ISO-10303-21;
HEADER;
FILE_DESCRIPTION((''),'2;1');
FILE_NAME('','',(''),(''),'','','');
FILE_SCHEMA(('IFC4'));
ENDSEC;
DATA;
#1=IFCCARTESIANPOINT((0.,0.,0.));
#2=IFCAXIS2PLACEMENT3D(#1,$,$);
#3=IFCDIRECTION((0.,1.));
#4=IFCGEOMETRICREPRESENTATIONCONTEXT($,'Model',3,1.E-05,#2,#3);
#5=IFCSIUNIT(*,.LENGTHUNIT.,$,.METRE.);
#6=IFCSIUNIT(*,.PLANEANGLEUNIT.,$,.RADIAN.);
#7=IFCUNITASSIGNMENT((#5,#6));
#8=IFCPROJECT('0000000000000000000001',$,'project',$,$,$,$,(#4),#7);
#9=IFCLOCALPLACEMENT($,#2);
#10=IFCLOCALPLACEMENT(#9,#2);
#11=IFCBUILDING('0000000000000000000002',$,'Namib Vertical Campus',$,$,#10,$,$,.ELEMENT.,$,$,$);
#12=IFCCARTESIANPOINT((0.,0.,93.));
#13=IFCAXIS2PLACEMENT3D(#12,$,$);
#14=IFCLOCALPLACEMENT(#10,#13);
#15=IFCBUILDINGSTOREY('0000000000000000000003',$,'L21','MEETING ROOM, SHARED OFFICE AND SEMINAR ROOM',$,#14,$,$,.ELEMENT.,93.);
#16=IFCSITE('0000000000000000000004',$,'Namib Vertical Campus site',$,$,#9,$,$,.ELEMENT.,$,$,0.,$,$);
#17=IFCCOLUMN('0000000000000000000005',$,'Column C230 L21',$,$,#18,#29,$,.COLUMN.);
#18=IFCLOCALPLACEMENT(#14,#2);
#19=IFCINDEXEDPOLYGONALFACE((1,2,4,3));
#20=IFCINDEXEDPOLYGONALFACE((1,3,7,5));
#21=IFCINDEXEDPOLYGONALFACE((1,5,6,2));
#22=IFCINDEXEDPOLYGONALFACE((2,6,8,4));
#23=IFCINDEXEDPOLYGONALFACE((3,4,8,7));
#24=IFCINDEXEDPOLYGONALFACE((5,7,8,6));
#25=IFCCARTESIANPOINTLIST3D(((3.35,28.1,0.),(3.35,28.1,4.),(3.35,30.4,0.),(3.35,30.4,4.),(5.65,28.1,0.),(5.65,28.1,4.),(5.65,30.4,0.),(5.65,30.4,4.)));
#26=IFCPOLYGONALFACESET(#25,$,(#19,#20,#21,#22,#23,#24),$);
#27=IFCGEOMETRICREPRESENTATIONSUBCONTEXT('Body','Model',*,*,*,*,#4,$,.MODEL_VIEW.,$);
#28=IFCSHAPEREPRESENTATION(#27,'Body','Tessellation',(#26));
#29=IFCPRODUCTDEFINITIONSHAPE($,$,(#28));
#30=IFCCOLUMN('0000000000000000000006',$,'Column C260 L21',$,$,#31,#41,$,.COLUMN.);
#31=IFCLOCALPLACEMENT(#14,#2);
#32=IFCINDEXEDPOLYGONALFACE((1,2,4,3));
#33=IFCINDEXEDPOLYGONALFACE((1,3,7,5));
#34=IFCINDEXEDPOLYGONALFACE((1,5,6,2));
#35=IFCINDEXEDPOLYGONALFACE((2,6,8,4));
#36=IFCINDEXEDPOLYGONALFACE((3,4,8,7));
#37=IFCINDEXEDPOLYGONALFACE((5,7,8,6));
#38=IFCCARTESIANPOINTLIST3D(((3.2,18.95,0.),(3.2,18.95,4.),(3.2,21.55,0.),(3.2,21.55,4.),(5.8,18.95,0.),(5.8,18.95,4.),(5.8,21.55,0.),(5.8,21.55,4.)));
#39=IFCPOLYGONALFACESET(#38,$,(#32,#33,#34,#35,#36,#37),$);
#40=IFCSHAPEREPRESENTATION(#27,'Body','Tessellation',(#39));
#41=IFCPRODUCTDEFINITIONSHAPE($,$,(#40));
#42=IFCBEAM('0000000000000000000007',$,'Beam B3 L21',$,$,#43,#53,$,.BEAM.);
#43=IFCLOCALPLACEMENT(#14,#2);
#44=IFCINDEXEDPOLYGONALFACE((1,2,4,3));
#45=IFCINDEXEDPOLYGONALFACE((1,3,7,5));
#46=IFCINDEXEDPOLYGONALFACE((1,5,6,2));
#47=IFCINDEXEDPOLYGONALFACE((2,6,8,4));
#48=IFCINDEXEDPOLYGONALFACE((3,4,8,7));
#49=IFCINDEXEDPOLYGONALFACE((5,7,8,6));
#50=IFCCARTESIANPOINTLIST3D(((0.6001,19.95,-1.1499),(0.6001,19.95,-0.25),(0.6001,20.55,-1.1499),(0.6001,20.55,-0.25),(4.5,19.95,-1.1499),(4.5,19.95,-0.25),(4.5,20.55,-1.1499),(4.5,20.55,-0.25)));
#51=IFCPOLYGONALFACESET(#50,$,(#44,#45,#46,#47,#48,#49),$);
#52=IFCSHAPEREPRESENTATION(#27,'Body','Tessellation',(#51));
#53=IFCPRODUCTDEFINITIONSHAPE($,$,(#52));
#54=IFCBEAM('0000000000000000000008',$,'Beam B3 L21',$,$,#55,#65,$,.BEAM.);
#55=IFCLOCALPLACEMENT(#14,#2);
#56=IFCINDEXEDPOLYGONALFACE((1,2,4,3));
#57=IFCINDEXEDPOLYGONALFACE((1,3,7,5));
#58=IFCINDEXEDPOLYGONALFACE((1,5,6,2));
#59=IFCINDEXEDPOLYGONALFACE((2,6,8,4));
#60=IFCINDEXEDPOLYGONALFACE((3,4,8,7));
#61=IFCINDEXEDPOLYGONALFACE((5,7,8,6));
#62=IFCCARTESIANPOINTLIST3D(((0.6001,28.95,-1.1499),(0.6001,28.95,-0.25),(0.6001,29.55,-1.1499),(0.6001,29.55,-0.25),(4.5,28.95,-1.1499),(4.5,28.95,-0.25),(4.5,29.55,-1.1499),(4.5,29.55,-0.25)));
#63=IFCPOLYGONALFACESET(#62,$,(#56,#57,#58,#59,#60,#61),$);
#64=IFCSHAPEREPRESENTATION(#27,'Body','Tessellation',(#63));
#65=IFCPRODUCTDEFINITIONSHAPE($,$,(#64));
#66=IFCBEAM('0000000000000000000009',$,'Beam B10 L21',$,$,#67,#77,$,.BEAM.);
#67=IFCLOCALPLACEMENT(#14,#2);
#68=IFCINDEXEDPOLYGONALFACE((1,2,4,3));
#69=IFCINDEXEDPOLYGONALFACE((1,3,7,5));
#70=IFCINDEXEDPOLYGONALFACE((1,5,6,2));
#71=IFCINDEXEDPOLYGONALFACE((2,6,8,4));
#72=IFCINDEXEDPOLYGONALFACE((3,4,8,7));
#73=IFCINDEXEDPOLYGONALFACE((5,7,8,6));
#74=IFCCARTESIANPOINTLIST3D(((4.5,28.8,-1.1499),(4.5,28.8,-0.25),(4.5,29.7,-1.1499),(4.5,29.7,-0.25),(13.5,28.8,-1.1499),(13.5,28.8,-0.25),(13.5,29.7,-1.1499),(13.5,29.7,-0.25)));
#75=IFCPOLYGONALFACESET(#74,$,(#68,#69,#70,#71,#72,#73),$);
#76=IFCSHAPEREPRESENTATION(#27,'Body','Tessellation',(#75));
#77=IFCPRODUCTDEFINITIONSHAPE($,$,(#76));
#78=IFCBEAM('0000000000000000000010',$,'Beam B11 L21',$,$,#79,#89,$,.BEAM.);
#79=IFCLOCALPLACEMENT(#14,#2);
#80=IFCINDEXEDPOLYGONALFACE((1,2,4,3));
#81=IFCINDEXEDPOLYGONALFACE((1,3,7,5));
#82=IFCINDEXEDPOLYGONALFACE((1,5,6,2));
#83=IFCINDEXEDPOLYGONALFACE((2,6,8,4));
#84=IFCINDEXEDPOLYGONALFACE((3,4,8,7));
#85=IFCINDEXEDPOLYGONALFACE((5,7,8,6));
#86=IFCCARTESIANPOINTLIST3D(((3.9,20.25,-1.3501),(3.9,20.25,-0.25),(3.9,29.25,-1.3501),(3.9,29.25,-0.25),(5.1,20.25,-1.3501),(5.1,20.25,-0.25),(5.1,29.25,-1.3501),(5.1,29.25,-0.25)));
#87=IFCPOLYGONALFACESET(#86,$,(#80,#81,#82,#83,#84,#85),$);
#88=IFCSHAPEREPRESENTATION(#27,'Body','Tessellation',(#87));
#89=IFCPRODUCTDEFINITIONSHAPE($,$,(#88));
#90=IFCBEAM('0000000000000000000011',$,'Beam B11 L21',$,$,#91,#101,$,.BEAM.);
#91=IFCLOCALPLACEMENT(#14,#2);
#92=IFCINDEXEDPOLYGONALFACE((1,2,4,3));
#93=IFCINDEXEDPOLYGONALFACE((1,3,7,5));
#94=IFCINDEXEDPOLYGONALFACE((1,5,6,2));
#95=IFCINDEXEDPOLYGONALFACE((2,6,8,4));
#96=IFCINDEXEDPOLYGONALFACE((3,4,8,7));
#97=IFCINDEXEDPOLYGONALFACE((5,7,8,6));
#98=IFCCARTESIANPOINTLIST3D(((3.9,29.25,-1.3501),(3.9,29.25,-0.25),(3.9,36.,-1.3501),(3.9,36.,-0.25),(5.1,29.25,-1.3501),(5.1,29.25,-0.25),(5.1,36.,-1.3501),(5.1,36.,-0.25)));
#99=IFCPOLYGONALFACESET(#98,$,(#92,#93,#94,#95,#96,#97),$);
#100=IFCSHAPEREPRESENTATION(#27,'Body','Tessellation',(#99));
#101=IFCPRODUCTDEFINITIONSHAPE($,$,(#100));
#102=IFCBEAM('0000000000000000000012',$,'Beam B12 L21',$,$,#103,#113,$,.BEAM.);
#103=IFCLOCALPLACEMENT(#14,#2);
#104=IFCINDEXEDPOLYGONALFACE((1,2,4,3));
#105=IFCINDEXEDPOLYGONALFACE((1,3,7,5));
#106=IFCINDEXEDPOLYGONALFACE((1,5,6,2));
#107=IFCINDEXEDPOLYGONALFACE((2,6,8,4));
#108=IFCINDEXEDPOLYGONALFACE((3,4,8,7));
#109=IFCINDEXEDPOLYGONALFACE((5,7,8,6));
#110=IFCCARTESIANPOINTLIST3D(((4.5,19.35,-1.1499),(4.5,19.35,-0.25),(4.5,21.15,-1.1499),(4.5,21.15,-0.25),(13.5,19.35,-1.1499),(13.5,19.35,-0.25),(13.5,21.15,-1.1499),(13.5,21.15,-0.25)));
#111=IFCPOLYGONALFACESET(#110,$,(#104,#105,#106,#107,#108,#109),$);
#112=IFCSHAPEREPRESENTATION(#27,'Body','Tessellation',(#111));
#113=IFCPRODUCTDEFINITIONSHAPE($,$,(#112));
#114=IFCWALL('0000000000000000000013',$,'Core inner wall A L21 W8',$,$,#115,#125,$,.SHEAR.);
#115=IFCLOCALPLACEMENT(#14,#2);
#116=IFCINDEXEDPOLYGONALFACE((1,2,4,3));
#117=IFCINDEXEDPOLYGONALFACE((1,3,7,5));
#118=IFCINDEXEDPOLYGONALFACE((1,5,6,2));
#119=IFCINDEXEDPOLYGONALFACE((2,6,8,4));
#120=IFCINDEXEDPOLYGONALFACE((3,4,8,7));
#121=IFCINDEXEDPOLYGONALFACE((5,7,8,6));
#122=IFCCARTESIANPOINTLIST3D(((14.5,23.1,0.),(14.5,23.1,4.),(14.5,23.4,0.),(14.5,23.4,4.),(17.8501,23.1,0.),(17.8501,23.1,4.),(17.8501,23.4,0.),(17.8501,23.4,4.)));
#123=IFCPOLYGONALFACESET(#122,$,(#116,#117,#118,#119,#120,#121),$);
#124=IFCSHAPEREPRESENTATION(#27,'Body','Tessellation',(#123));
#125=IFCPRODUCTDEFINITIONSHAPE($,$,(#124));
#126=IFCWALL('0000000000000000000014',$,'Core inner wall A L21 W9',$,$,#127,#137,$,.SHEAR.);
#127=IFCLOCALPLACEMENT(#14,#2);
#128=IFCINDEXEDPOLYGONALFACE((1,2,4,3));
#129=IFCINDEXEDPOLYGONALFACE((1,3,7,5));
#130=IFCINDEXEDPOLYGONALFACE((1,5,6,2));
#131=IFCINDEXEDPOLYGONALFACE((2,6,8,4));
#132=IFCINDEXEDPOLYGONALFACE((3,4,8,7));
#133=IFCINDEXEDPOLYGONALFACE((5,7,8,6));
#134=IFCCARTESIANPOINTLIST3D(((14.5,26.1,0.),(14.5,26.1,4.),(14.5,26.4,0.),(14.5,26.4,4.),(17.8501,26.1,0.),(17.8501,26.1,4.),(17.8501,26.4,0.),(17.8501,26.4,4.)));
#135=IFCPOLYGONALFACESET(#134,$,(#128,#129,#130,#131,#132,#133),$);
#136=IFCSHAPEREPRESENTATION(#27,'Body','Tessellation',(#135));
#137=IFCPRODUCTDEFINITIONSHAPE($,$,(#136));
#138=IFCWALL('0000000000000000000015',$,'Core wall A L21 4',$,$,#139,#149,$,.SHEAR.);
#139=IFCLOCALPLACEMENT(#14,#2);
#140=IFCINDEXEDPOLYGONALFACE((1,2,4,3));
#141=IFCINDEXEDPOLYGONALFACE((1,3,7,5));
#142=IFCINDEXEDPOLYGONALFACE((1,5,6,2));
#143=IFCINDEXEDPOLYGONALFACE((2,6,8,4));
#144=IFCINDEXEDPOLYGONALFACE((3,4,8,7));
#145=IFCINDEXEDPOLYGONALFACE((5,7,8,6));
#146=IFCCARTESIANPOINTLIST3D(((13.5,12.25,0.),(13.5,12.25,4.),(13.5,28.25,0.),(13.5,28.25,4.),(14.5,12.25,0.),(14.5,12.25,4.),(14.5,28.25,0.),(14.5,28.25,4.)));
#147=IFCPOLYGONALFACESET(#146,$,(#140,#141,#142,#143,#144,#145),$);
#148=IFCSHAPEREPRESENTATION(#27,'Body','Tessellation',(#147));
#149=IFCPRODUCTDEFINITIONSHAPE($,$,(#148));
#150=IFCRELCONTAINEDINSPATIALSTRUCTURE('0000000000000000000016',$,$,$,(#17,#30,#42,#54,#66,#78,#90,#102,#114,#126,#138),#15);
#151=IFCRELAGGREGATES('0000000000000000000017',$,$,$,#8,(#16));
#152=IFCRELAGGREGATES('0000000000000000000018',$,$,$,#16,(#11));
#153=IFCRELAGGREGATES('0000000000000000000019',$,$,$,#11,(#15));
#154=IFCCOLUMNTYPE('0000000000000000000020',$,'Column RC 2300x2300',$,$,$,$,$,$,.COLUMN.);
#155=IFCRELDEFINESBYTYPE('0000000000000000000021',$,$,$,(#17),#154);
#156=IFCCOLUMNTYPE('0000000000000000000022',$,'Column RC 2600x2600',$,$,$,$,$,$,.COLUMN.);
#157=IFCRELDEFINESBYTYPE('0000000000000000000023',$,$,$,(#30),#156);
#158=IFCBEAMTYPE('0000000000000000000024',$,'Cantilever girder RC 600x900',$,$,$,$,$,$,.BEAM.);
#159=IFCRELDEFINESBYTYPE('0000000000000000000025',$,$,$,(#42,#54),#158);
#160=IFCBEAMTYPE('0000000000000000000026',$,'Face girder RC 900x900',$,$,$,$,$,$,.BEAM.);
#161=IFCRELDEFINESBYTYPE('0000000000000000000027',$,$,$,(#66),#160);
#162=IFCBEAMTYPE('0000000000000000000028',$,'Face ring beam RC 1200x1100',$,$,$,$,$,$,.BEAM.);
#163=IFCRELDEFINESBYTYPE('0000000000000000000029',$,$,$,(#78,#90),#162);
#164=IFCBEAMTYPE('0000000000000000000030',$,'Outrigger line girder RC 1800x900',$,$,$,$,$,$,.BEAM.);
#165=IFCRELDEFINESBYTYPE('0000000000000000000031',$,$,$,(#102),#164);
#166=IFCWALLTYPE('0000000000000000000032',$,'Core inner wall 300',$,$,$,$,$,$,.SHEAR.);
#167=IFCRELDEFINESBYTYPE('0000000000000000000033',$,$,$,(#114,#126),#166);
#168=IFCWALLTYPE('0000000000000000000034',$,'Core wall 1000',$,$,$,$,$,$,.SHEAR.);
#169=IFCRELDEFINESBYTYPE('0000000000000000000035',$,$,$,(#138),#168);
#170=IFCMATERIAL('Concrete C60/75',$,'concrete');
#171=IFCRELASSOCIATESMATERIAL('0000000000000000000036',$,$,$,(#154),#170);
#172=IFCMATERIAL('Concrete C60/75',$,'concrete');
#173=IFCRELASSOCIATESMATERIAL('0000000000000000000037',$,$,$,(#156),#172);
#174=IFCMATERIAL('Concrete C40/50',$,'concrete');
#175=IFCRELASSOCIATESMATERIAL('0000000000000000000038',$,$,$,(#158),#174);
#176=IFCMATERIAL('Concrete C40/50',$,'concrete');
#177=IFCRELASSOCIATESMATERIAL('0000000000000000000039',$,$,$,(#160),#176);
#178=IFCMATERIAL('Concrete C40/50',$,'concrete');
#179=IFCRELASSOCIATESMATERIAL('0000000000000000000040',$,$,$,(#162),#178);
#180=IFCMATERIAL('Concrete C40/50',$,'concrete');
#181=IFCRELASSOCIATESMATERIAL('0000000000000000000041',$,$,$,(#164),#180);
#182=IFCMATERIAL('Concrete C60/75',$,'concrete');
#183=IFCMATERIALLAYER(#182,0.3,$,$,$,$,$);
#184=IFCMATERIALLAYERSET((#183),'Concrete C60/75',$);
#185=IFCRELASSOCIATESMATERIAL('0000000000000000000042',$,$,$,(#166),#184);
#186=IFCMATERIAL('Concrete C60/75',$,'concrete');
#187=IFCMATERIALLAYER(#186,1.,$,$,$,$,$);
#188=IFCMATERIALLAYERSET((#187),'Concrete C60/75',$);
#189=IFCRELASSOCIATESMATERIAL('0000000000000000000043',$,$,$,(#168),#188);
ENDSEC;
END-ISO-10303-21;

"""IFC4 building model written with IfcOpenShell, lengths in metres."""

from ifc_helpers import new_model, si_unit, direction, frame, frame_2d, origin, origin_2d, place, context, subcontext, project, spatial, rectangle, extrude, material, layer, layer_set, material_profile, profile_set, type_object, element, save


model = new_model("IFC4")

# Units and contexts
model_context = context("Model", 3, precision=1e-05, world=origin(), true_north=direction((0.0, 1.0)))
body_context = subcontext(model_context, "Body", "Model", "MODEL_VIEW")
ifc_project = project(units=[si_unit("LENGTHUNIT", "METRE"), si_unit("PLANEANGLEUNIT", "RADIAN")], contexts=[model_context])

# Site, building, storey
site_placement = place(None, origin())
site = spatial("IfcSite", under=ifc_project, at=site_placement, Name="Namib Vertical Campus site", CompositionType="ELEMENT", RefElevation=0.0)
building_placement = place(site_placement, origin())
building = spatial("IfcBuilding", under=site, at=building_placement, Name="Namib Vertical Campus", CompositionType="ELEMENT")
storey_placement = place(building_placement, frame((0.0, 0.0, 93.0)))
storey = spatial("IfcBuildingStorey", under=building, at=storey_placement, Name="L21", Description="MEETING ROOM, SHARED OFFICE AND SEMINAR ROOM", CompositionType="ELEMENT", Elevation=93.0)

# Columns
ifc_material_1 = material(Name="Concrete C60/75", Category="concrete")
ifc_material_profile_1 = material_profile(ifc_material_1, rectangle(XDim=2.3, YDim=2.3, at=origin_2d()))
ifc_profile_set_1 = profile_set([ifc_material_profile_1], Name="Concrete C60/75")
column_type_1 = type_object("IfcColumnType", Name="Column RC 2300x2300", PredefinedType="COLUMN", material=ifc_profile_set_1)
column_1_placement = place(storey_placement, frame((4.5, 29.25, 0.0), z_axis=(0.0, 0.0, 1.0), x_axis=(1.0, 0.0, 0.0)))
element("IfcColumn", 1, at=column_1_placement, inside=storey, type_object=column_type_1, Name="Column C230 L21", PredefinedType="COLUMN", context=body_context, shape_type="SweptSolid", body=[
    extrude(rectangle(XDim=2.3, YDim=2.3, at=origin_2d()), origin(), (0.0, 0.0, 1.0), 4.0),
])
ifc_material_2 = material(Name="Concrete C60/75", Category="concrete")
ifc_material_profile_2 = material_profile(ifc_material_2, rectangle(XDim=2.6001, YDim=2.6001, at=origin_2d()))
ifc_profile_set_2 = profile_set([ifc_material_profile_2], Name="Concrete C60/75")
column_type_2 = type_object("IfcColumnType", Name="Column RC 2600x2600", PredefinedType="COLUMN", material=ifc_profile_set_2)
column_2_placement = place(storey_placement, frame((4.5, 20.25, 0.0), z_axis=(0.0, 0.0, 1.0), x_axis=(1.0, 0.0, 0.0)))
element("IfcColumn", 2, at=column_2_placement, inside=storey, type_object=column_type_2, Name="Column C260 L21", PredefinedType="COLUMN", context=body_context, shape_type="SweptSolid", body=[
    extrude(rectangle(XDim=2.6001, YDim=2.6001, at=origin_2d()), origin(), (0.0, 0.0, 1.0), 4.0),
])

# Beams
ifc_material_3 = material(Name="Concrete C40/50", Category="concrete")
ifc_material_profile_3 = material_profile(ifc_material_3, rectangle(XDim=0.6001, YDim=0.8999, at=origin_2d()))
ifc_profile_set_3 = profile_set([ifc_material_profile_3], Name="Concrete C40/50")
beam_type_1 = type_object("IfcBeamType", Name="Cantilever girder RC 600x900", PredefinedType="BEAM", material=ifc_profile_set_3)
for number, where, z_axis, x_axis, name in (
    (3, (4.5, 20.25, -0.7), (-1.0, 0.0, 0.0), (0.0, -1.0, 0.0), "Beam B3 L21"),
    (4, (4.5, 29.25, -0.7), (-1.0, 0.0, 0.0), (0.0, -1.0, 0.0), "Beam B3 L21"),
):
    element("IfcBeam", number, at=place(storey_placement, frame(where, z_axis=z_axis, x_axis=x_axis)), inside=storey, type_object=beam_type_1, Name=name, PredefinedType="BEAM", context=body_context, shape_type="SweptSolid", body=[
        extrude(rectangle(XDim=0.6001, YDim=0.8999, at=origin_2d()), origin(), (0.0, 0.0, 1.0), 3.8999),
    ])
ifc_material_4 = material(Name="Concrete C40/50", Category="concrete")
ifc_material_profile_4 = material_profile(ifc_material_4, rectangle(XDim=0.8999, YDim=0.8999, at=origin_2d()))
ifc_profile_set_4 = profile_set([ifc_material_profile_4], Name="Concrete C40/50")
beam_type_2 = type_object("IfcBeamType", Name="Face girder RC 900x900", PredefinedType="BEAM", material=ifc_profile_set_4)
beam_1_placement = place(storey_placement, frame((4.5, 29.25, -0.7), z_axis=(1.0, 0.0, 0.0), x_axis=(0.0, 1.0, 0.0)))
element("IfcBeam", 5, at=beam_1_placement, inside=storey, type_object=beam_type_2, Name="Beam B10 L21", PredefinedType="BEAM", context=body_context, shape_type="SweptSolid", body=[
    extrude(rectangle(XDim=0.8999, YDim=0.8999, at=origin_2d()), origin(), (0.0, 0.0, 1.0), 9.0),
])
ifc_material_5 = material(Name="Concrete C40/50", Category="concrete")
ifc_material_profile_5 = material_profile(ifc_material_5, rectangle(XDim=1.2, YDim=1.1001, at=origin_2d()))
ifc_profile_set_5 = profile_set([ifc_material_profile_5], Name="Concrete C40/50")
beam_type_3 = type_object("IfcBeamType", Name="Face ring beam RC 1200x1100", PredefinedType="BEAM", material=ifc_profile_set_5)
beam_2_placement = place(storey_placement, frame((4.5, 20.25, -0.8), z_axis=(0.0, 1.0, 0.0), x_axis=(-1.0, 0.0, 0.0)))
element("IfcBeam", 6, at=beam_2_placement, inside=storey, type_object=beam_type_3, Name="Beam B11 L21", PredefinedType="BEAM", context=body_context, shape_type="SweptSolid", body=[
    extrude(rectangle(XDim=1.2, YDim=1.1001, at=origin_2d()), origin(), (0.0, 0.0, 1.0), 9.0),
])
beam_3_placement = place(storey_placement, frame((4.5, 29.25, -0.8), z_axis=(0.0, 1.0, 0.0), x_axis=(-1.0, 0.0, 0.0)))
element("IfcBeam", 7, at=beam_3_placement, inside=storey, type_object=beam_type_3, Name="Beam B11 L21", PredefinedType="BEAM", context=body_context, shape_type="SweptSolid", body=[
    extrude(rectangle(XDim=1.2, YDim=1.1001, at=origin_2d()), origin(), (0.0, 0.0, 1.0), 6.75),
])
ifc_material_6 = material(Name="Concrete C40/50", Category="concrete")
ifc_material_profile_6 = material_profile(ifc_material_6, rectangle(XDim=1.8, YDim=0.8999, at=origin_2d()))
ifc_profile_set_6 = profile_set([ifc_material_profile_6], Name="Concrete C40/50")
beam_type_4 = type_object("IfcBeamType", Name="Outrigger line girder RC 1800x900", PredefinedType="BEAM", material=ifc_profile_set_6)
beam_4_placement = place(storey_placement, frame((4.5, 20.25, -0.7), z_axis=(1.0, 0.0, 0.0), x_axis=(0.0, 1.0, 0.0)))
element("IfcBeam", 8, at=beam_4_placement, inside=storey, type_object=beam_type_4, Name="Beam B12 L21", PredefinedType="BEAM", context=body_context, shape_type="SweptSolid", body=[
    extrude(rectangle(XDim=1.8, YDim=0.8999, at=origin_2d()), origin(), (0.0, 0.0, 1.0), 9.0),
])

# Walls
ifc_material_7 = material(Name="Concrete C60/75", Category="concrete")
ifc_layer_1 = layer(ifc_material_7, 0.3)
ifc_layer_set_1 = layer_set([ifc_layer_1], Name="Concrete C60/75")
wall_type_1 = type_object("IfcWallType", Name="Core inner wall 300", PredefinedType="SHEAR", material=ifc_layer_set_1)
for number, where, z_axis, x_axis, name in (
    (9, (14.5, 23.25, 0.0), (0.0, 0.0, 1.0), (1.0, 0.0, 0.0), "Core inner wall A L21 W8"),
    (10, (14.5, 26.25, 0.0), (0.0, 0.0, 1.0), (1.0, 0.0, 0.0), "Core inner wall A L21 W9"),
):
    element("IfcWall", number, at=place(storey_placement, frame(where, z_axis=z_axis, x_axis=x_axis)), inside=storey, type_object=wall_type_1, Name=name, PredefinedType="SHEAR", context=body_context, shape_type="SweptSolid", body=[
        extrude(rectangle(XDim=3.3501, YDim=0.3, at=frame_2d((1.675, 0.0))), origin(), (0.0, 0.0, 1.0), 4.0),
    ])
ifc_material_8 = material(Name="Concrete C60/75", Category="concrete")
ifc_layer_2 = layer(ifc_material_8, 1.0)
ifc_layer_set_2 = layer_set([ifc_layer_2], Name="Concrete C60/75")
wall_type_2 = type_object("IfcWallType", Name="Core wall 1000", PredefinedType="SHEAR", material=ifc_layer_set_2)
wall_1_placement = place(storey_placement, frame((14.0, 28.25, 0.0), z_axis=(0.0, 0.0, 1.0), x_axis=(0.0, -1.0, 0.0)))
element("IfcWall", 11, at=wall_1_placement, inside=storey, type_object=wall_type_2, Name="Core wall A L21 4", PredefinedType="SHEAR", context=body_context, shape_type="SweptSolid", body=[
    extrude(rectangle(XDim=16.0, YDim=1.0, at=frame_2d((8.0, 0.0))), origin(), (0.0, 0.0, 1.0), 4.0),
])

save(model, "model.ifc")
